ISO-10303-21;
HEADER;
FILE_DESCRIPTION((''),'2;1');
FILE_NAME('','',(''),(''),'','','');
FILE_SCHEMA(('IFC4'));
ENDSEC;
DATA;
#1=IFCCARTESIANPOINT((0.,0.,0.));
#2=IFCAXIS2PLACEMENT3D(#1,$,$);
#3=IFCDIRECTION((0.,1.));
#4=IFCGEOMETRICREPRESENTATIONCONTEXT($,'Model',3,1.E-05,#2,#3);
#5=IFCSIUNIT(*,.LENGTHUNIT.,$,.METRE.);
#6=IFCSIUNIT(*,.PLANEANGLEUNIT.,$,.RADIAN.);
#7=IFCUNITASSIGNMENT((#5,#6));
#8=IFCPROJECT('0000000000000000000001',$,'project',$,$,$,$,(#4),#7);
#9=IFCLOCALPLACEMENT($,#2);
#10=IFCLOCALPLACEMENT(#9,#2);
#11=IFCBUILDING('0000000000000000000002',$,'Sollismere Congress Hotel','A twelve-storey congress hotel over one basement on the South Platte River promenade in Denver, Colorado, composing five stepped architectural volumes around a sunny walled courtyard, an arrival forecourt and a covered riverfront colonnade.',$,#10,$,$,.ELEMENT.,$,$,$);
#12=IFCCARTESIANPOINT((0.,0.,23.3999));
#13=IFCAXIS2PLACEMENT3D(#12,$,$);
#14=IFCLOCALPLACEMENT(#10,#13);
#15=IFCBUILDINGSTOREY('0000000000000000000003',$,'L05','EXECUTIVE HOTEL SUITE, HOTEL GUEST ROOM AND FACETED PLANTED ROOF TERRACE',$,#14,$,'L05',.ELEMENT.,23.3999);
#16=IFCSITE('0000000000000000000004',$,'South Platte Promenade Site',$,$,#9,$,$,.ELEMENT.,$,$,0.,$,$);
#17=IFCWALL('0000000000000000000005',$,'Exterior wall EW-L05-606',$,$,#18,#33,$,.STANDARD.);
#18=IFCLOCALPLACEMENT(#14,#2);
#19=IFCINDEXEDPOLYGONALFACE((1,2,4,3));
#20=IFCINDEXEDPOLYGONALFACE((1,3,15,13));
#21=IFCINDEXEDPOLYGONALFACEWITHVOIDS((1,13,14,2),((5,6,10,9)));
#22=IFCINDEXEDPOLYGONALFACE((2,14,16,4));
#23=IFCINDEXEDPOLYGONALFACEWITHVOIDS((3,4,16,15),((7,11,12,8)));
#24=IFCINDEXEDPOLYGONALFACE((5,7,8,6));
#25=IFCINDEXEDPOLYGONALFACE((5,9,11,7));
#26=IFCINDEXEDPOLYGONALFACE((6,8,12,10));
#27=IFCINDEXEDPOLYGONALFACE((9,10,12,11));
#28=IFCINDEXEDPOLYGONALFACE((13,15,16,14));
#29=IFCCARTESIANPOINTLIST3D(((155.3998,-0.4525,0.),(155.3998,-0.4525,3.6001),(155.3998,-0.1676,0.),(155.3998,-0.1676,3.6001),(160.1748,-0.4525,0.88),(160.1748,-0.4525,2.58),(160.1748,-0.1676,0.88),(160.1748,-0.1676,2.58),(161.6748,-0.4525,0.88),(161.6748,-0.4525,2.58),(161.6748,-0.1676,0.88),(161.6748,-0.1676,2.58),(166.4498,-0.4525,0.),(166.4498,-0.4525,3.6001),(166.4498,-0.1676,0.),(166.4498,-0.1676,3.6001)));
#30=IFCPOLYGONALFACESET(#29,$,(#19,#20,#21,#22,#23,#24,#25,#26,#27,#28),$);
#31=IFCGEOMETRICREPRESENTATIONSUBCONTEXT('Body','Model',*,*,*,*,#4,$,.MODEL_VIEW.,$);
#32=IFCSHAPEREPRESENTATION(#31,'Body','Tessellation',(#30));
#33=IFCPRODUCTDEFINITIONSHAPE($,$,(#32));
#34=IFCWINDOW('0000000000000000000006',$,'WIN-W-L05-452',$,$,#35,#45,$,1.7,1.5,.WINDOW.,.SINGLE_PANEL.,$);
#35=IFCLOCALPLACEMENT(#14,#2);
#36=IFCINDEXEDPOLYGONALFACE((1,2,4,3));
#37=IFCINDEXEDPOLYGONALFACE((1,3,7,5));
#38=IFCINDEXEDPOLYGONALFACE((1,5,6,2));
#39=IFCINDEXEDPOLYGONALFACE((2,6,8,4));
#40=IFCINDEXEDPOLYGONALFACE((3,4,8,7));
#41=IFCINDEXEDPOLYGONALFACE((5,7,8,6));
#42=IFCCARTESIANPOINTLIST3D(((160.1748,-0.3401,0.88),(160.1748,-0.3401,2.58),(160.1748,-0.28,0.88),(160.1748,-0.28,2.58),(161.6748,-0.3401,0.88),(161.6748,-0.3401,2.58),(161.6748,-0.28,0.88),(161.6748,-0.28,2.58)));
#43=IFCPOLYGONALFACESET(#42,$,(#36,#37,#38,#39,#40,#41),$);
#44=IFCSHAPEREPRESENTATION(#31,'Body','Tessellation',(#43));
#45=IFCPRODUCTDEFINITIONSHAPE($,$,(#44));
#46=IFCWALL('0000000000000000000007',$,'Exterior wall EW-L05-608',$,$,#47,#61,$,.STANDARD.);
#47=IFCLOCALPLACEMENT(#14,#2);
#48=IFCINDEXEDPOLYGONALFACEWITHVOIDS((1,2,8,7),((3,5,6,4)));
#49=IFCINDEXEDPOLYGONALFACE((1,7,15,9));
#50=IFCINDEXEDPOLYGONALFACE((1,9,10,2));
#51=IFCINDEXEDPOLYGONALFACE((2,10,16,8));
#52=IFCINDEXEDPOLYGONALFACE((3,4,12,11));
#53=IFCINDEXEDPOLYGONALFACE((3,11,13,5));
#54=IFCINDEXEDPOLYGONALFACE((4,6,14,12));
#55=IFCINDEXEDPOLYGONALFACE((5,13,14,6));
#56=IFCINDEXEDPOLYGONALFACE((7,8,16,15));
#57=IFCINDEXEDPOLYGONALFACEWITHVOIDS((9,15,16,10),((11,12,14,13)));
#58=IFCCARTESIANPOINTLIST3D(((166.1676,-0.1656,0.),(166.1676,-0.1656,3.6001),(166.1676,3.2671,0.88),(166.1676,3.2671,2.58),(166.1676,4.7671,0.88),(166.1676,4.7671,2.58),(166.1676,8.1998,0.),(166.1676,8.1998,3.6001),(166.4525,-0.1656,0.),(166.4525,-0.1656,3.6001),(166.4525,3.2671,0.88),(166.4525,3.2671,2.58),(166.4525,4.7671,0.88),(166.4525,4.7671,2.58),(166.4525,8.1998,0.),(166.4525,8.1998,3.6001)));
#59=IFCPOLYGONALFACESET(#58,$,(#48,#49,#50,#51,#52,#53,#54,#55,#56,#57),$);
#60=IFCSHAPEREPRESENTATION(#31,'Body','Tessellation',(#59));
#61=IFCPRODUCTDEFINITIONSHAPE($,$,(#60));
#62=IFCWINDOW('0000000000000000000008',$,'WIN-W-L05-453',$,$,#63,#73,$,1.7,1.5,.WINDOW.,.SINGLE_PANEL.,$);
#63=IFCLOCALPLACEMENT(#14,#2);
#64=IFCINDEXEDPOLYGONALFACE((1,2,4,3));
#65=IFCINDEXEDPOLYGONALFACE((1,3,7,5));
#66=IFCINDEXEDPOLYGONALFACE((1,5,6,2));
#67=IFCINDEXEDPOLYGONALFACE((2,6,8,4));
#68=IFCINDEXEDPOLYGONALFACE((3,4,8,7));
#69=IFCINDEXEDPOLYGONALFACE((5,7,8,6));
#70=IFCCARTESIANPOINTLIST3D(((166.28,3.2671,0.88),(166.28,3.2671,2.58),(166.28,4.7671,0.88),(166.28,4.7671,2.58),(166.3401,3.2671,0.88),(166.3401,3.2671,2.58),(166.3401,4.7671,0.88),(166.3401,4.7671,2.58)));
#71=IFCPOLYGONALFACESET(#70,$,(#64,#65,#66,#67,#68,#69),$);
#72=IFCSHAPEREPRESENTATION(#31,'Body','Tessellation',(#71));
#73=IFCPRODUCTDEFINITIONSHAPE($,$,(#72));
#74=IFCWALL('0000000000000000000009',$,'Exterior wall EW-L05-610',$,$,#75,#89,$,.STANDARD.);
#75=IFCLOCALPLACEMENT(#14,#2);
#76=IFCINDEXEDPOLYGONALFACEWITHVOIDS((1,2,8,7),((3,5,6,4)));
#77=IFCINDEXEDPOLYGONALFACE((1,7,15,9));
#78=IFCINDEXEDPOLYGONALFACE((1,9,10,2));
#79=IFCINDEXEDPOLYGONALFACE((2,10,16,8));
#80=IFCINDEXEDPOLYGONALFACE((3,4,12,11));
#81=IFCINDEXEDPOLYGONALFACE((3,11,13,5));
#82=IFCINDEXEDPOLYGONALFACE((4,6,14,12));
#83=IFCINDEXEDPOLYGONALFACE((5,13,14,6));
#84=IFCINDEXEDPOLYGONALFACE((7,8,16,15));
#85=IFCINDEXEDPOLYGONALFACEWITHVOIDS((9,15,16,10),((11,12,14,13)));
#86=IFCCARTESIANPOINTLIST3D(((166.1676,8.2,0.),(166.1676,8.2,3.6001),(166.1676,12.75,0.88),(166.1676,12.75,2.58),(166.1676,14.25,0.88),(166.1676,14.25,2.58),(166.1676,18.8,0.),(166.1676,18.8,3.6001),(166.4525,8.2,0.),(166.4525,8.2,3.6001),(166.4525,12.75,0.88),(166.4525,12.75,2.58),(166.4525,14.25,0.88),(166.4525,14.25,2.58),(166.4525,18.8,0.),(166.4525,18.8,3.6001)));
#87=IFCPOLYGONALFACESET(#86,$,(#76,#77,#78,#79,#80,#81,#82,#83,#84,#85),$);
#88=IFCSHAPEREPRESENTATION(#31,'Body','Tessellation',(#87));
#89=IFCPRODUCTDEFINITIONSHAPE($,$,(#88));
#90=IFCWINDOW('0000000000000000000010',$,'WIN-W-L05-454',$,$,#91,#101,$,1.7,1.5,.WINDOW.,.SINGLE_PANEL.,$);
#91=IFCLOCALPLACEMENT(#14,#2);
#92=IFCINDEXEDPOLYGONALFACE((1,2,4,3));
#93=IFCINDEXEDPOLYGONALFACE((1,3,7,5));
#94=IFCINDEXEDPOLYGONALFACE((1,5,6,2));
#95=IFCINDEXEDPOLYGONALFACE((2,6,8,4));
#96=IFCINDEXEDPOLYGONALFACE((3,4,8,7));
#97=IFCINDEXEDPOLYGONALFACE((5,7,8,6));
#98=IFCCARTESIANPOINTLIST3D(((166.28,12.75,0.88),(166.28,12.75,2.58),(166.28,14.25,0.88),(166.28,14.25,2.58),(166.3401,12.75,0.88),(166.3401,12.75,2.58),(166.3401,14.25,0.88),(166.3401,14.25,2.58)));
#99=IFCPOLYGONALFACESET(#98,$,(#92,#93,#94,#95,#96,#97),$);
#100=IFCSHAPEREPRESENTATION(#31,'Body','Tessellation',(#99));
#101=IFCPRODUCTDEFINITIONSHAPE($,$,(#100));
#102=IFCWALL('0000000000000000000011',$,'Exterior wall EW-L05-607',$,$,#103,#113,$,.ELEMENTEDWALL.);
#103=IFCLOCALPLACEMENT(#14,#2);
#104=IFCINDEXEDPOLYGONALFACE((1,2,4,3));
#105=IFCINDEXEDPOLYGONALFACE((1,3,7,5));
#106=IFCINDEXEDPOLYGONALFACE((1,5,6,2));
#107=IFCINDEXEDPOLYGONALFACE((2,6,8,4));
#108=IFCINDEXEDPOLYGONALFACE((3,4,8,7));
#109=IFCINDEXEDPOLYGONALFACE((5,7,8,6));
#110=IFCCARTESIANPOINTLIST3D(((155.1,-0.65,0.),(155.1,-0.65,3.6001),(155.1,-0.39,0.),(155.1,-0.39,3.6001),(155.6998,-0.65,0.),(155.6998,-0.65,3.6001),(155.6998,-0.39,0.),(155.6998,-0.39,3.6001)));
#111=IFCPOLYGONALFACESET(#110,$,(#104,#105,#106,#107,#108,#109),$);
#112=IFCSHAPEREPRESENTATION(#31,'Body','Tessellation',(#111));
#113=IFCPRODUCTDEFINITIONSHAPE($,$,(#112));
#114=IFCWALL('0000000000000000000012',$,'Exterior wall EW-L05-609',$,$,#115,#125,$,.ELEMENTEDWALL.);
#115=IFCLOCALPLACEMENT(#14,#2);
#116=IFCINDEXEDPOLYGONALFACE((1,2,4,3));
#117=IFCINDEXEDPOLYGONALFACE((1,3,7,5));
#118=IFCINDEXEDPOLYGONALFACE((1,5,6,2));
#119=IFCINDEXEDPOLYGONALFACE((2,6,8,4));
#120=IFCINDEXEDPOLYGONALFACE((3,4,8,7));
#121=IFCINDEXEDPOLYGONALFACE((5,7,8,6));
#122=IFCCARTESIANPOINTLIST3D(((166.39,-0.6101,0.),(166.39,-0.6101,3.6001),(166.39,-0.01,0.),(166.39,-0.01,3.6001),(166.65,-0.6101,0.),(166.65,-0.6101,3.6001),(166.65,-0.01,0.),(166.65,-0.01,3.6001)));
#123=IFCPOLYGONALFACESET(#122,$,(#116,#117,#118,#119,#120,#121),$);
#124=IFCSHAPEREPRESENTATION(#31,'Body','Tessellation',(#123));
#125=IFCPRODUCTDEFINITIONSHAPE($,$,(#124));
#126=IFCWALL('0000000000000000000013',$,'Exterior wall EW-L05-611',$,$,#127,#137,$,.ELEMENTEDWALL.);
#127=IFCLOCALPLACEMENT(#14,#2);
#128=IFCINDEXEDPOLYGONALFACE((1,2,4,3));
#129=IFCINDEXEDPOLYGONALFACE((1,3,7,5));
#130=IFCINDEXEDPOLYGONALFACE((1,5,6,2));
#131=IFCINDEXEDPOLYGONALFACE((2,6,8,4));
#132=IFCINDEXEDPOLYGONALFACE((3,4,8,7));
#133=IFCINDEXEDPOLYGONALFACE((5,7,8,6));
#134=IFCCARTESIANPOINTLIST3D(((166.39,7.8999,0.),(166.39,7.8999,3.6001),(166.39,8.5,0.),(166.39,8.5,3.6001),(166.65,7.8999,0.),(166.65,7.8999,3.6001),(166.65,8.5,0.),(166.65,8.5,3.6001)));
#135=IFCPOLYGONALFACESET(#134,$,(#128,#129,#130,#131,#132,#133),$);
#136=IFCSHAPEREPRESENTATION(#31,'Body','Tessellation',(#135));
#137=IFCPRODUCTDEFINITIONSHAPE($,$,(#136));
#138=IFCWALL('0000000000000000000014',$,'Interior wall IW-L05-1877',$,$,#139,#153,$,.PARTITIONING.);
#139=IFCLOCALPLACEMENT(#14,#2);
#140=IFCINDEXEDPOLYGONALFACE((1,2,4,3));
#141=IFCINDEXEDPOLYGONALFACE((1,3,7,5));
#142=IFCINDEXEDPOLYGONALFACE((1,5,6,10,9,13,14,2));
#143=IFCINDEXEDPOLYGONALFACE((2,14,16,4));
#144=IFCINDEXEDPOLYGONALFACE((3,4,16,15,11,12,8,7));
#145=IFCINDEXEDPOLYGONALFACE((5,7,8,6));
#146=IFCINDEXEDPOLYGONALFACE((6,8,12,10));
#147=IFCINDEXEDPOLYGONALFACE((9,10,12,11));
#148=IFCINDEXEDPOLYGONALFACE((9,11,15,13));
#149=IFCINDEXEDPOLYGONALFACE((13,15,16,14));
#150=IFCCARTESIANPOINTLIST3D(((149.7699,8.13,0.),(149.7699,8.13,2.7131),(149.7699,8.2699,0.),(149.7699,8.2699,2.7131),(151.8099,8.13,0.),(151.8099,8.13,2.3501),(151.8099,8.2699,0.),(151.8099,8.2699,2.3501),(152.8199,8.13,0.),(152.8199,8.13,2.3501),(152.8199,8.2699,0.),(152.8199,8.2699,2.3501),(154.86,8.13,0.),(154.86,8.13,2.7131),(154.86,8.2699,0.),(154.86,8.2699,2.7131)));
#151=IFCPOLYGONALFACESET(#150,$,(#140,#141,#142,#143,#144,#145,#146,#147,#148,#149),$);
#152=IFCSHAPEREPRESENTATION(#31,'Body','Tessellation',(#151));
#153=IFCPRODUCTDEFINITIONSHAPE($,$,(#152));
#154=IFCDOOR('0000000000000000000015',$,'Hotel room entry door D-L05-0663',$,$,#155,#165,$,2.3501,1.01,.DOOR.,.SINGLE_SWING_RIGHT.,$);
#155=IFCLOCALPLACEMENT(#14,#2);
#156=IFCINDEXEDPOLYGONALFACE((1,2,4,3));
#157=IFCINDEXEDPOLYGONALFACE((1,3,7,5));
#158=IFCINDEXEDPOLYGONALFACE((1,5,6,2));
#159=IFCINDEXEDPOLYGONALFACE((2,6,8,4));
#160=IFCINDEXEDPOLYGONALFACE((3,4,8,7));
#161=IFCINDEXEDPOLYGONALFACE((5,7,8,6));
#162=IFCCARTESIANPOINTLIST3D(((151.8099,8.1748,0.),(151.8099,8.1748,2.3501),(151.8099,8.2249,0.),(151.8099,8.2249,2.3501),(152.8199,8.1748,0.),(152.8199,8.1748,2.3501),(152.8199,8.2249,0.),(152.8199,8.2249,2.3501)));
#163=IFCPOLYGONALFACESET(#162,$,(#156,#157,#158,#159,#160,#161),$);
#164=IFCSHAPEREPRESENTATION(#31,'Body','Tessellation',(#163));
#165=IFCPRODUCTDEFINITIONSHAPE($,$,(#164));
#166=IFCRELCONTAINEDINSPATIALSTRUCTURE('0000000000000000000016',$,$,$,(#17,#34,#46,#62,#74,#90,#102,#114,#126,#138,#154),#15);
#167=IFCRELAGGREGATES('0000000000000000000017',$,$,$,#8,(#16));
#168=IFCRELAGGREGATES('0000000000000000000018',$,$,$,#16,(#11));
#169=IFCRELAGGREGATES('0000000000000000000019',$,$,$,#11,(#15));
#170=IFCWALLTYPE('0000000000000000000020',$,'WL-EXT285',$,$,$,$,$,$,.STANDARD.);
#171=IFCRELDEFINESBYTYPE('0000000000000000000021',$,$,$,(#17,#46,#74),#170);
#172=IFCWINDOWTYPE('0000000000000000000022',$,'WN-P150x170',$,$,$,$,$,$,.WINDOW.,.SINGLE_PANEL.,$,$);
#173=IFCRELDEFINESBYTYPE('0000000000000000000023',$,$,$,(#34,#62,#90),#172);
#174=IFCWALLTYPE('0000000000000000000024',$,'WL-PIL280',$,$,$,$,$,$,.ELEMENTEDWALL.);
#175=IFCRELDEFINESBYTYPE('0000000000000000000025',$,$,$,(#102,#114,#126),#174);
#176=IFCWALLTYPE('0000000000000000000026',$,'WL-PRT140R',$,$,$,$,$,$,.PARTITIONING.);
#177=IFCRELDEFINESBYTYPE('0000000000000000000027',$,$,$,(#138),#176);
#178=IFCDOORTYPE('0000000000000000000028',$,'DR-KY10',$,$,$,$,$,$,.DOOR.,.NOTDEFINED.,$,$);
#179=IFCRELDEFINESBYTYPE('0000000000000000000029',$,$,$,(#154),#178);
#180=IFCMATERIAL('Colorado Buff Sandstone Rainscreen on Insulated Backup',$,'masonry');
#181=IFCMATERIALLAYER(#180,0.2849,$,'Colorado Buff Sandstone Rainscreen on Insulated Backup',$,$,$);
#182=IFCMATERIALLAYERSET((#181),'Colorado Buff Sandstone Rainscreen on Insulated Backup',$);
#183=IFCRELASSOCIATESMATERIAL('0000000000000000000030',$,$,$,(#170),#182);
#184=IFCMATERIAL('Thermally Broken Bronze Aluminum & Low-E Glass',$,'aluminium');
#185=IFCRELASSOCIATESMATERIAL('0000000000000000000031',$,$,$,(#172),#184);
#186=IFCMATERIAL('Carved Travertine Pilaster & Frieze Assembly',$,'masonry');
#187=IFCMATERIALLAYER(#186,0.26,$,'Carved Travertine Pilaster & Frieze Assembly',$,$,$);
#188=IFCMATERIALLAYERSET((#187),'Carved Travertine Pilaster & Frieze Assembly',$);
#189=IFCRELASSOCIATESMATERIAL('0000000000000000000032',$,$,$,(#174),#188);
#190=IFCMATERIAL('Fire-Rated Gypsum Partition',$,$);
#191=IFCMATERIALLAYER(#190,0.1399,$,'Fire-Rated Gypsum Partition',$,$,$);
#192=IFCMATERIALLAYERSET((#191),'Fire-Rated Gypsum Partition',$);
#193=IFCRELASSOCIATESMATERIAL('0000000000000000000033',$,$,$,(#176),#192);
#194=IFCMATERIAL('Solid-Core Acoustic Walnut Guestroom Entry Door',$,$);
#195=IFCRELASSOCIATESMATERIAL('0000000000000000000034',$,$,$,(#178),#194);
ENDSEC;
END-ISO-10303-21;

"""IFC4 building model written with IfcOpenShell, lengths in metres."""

from ifc_helpers import new_model, si_unit, direction, frame, frame_2d, origin, place, context, subcontext, project, spatial, rectangle, extrude, material, layer, layer_set, type_object, element, fill, save


model = new_model("IFC4")

# Units and contexts
model_context = context("Model", 3, precision=1e-05, world=origin(), true_north=direction((0.0, 1.0)))
body_context = subcontext(model_context, "Body", "Model", "MODEL_VIEW")
ifc_project = project(units=[si_unit("LENGTHUNIT", "METRE"), si_unit("PLANEANGLEUNIT", "RADIAN")], contexts=[model_context])

# Site, building, storey
site_placement = place(None, origin())
site = spatial("IfcSite", under=ifc_project, at=site_placement, Name="South Platte Promenade Site", CompositionType="ELEMENT", RefElevation=0.0)
building_placement = place(site_placement, origin())
building = spatial("IfcBuilding", under=site, at=building_placement, Name="Sollismere Congress Hotel", Description="A twelve-storey congress hotel over one basement on the South Platte River promenade in Denver, Colorado, composing five stepped architectural volumes around a sunny walled courtyard, an arrival forecourt and a covered riverfront colonnade.", CompositionType="ELEMENT")
storey_placement = place(building_placement, frame((0.0, 0.0, 23.3999)))
storey = spatial("IfcBuildingStorey", under=building, at=storey_placement, Name="L05", Description="EXECUTIVE HOTEL SUITE, HOTEL GUEST ROOM AND FACETED PLANTED ROOF TERRACE", LongName="L05", CompositionType="ELEMENT", Elevation=23.3999)

# Walls, openings, windows
ifc_material_1 = material(Name="Colorado Buff Sandstone Rainscreen on Insulated Backup", Category="masonry")
ifc_layer_1 = layer(ifc_material_1, 0.2849, Name="Colorado Buff Sandstone Rainscreen on Insulated Backup")
ifc_layer_set_1 = layer_set([ifc_layer_1], Name="Colorado Buff Sandstone Rainscreen on Insulated Backup")
wall_type_1 = type_object("IfcWallType", Name="WL-EXT285", PredefinedType="STANDARD", material=ifc_layer_set_1)
wall_1_placement = place(storey_placement, frame((155.3999, -0.3101, 0.0), z_axis=(0.0, 0.0, 1.0), x_axis=(1.0, 0.0, 0.0)))
wall_1 = element("IfcWall", 1, at=wall_1_placement, inside=storey, type_object=wall_type_1, Name="Exterior wall EW-L05-606", PredefinedType="STANDARD", context=body_context, shape_type="SweptSolid", body=[
    extrude(rectangle(XDim=11.05, YDim=0.2849, at=frame_2d((5.5249, 0.0))), origin(), (0.0, 0.0, 1.0), 3.6001),
])
opening_1_placement = place(wall_1_placement, frame((4.7749, 0.0, 0.8799)))
opening_1 = element("IfcOpeningElement", 2, at=opening_1_placement, cuts=wall_1, PredefinedType="OPENING", context=body_context, shape_type="SweptSolid", body=[
    extrude(rectangle(XDim=1.5, YDim=1.7, at=frame_2d((0.75, 0.8501))), frame((0.0, 0.1523, 0.0), z_axis=(0.0, -1.0, 0.0), x_axis=(1.0, 0.0, 0.0)), (0.0, 0.0, 1.0), 0.3049),
])
ifc_material_2 = material(Name="Thermally Broken Bronze Aluminum & Low-E Glass", Category="aluminium")
window_type = type_object("IfcWindowType", Name="WN-P150x170", PartitioningType="SINGLE_PANEL", PredefinedType="WINDOW", material=ifc_material_2)
window_1_placement = place(opening_1_placement, origin())
window_1 = element("IfcWindow", 3, at=window_1_placement, inside=storey, type_object=window_type, Name="WIN-W-L05-452", OverallHeight=1.7, OverallWidth=1.5, PartitioningType="SINGLE_PANEL", PredefinedType="WINDOW", context=body_context, shape_type="SweptSolid", body=[
    extrude(rectangle(XDim=1.5, YDim=1.7, at=frame_2d((0.75, 0.8501))), frame((0.0, 0.03, 0.0), z_axis=(0.0, -1.0, 0.0), x_axis=(1.0, 0.0, 0.0)), (0.0, 0.0, 1.0), 0.0601),
])
fill(opening_1, window_1)
wall_2_placement = place(storey_placement, frame((166.3101, -0.1655, 0.0), z_axis=(0.0, 0.0, 1.0), x_axis=(0.0, 1.0, 0.0)))
wall_2 = element("IfcWall", 4, at=wall_2_placement, inside=storey, type_object=wall_type_1, Name="Exterior wall EW-L05-608", PredefinedType="STANDARD", context=body_context, shape_type="SweptSolid", body=[
    extrude(rectangle(XDim=8.3655, YDim=0.2849, at=frame_2d((4.1826, 0.0))), origin(), (0.0, 0.0, 1.0), 3.6001),
])
opening_2_placement = place(wall_2_placement, frame((3.4326, 0.0, 0.8799)))
opening_2 = element("IfcOpeningElement", 5, at=opening_2_placement, cuts=wall_2, PredefinedType="OPENING", context=body_context, shape_type="SweptSolid", body=[
    extrude(rectangle(XDim=1.5, YDim=1.7, at=frame_2d((0.75, 0.8501))), frame((0.0, 0.1523, 0.0), z_axis=(0.0, -1.0, 0.0), x_axis=(1.0, 0.0, 0.0)), (0.0, 0.0, 1.0), 0.3049),
])
window_2_placement = place(opening_2_placement, origin())
window_2 = element("IfcWindow", 6, at=window_2_placement, inside=storey, type_object=window_type, Name="WIN-W-L05-453", OverallHeight=1.7, OverallWidth=1.5, PartitioningType="SINGLE_PANEL", PredefinedType="WINDOW", context=body_context, shape_type="SweptSolid", body=[
    extrude(rectangle(XDim=1.5, YDim=1.7, at=frame_2d((0.75, 0.8501))), frame((0.0, 0.03, 0.0), z_axis=(0.0, -1.0, 0.0), x_axis=(1.0, 0.0, 0.0)), (0.0, 0.0, 1.0), 0.0601),
])
fill(opening_2, window_2)
wall_3_placement = place(storey_placement, frame((166.3101, 8.2, 0.0), z_axis=(0.0, 0.0, 1.0), x_axis=(0.0, 1.0, 0.0)))
wall_3 = element("IfcWall", 7, at=wall_3_placement, inside=storey, type_object=wall_type_1, Name="Exterior wall EW-L05-610", PredefinedType="STANDARD", context=body_context, shape_type="SweptSolid", body=[
    extrude(rectangle(XDim=10.6001, YDim=0.2849, at=frame_2d((5.3, 0.0))), origin(), (0.0, 0.0, 1.0), 3.6001),
])
opening_3_placement = place(wall_3_placement, frame((4.55, 0.0, 0.8799)))
opening_3 = element("IfcOpeningElement", 8, at=opening_3_placement, cuts=wall_3, PredefinedType="OPENING", context=body_context, shape_type="SweptSolid", body=[
    extrude(rectangle(XDim=1.5, YDim=1.7, at=frame_2d((0.75, 0.8501))), frame((0.0, 0.1523, 0.0), z_axis=(0.0, -1.0, 0.0), x_axis=(1.0, 0.0, 0.0)), (0.0, 0.0, 1.0), 0.3049),
])
window_3_placement = place(opening_3_placement, origin())
window_3 = element("IfcWindow", 9, at=window_3_placement, inside=storey, type_object=window_type, Name="WIN-W-L05-454", OverallHeight=1.7, OverallWidth=1.5, PartitioningType="SINGLE_PANEL", PredefinedType="WINDOW", context=body_context, shape_type="SweptSolid", body=[
    extrude(rectangle(XDim=1.5, YDim=1.7, at=frame_2d((0.75, 0.8501))), frame((0.0, 0.03, 0.0), z_axis=(0.0, -1.0, 0.0), x_axis=(1.0, 0.0, 0.0)), (0.0, 0.0, 1.0), 0.0601),
])
fill(opening_3, window_3)

# Walls
ifc_material_3 = material(Name="Carved Travertine Pilaster & Frieze Assembly", Category="masonry")
ifc_layer_2 = layer(ifc_material_3, 0.26, Name="Carved Travertine Pilaster & Frieze Assembly")
ifc_layer_set_2 = layer_set([ifc_layer_2], Name="Carved Travertine Pilaster & Frieze Assembly")
wall_type_2 = type_object("IfcWallType", Name="WL-PIL280", PredefinedType="ELEMENTEDWALL", material=ifc_layer_set_2)
wall_4_placement = place(storey_placement, frame((155.1001, -0.52, 0.0), z_axis=(0.0, 0.0, 1.0), x_axis=(1.0, 0.0, 0.0)))
element("IfcWall", 10, at=wall_4_placement, inside=storey, type_object=wall_type_2, Name="Exterior wall EW-L05-607", PredefinedType="ELEMENTEDWALL", context=body_context, shape_type="SweptSolid", body=[
    extrude(rectangle(XDim=0.5999, YDim=0.26, at=frame_2d((0.2998, 0.0))), origin(), (0.0, 0.0, 1.0), 3.6001),
])
for number, where, z_axis, x_axis, name in (
    (11, (166.52, -0.6101, 0.0), (0.0, 0.0, 1.0), (0.0, 1.0, 0.0), "Exterior wall EW-L05-609"),
    (12, (166.52, 7.8999, 0.0), (0.0, 0.0, 1.0), (0.0, 1.0, 0.0), "Exterior wall EW-L05-611"),
):
    element("IfcWall", number, at=place(storey_placement, frame(where, z_axis=z_axis, x_axis=x_axis)), inside=storey, type_object=wall_type_2, Name=name, PredefinedType="ELEMENTEDWALL", context=body_context, shape_type="SweptSolid", body=[
        extrude(rectangle(XDim=0.6001, YDim=0.26, at=frame_2d((0.3, 0.0))), origin(), (0.0, 0.0, 1.0), 3.6001),
    ])

# Wall, opening, door
ifc_material_4 = material(Name="Fire-Rated Gypsum Partition")
ifc_layer_3 = layer(ifc_material_4, 0.1399, Name="Fire-Rated Gypsum Partition")
ifc_layer_set_3 = layer_set([ifc_layer_3], Name="Fire-Rated Gypsum Partition")
wall_type_3 = type_object("IfcWallType", Name="WL-PRT140R", PredefinedType="PARTITIONING", material=ifc_layer_set_3)
wall_5_placement = place(storey_placement, frame((149.77, 8.2, 0.0), z_axis=(0.0, 0.0, 1.0), x_axis=(1.0, 0.0, 0.0)))
wall_5 = element("IfcWall", 13, at=wall_5_placement, inside=storey, type_object=wall_type_3, Name="Interior wall IW-L05-1877", PredefinedType="PARTITIONING", context=body_context, shape_type="SweptSolid", body=[
    extrude(rectangle(XDim=5.0901, YDim=0.1399, at=frame_2d((2.5449, 0.0))), origin(), (0.0, 0.0, 1.0), 2.7131),
])
opening_4_placement = place(wall_5_placement, frame((2.04, 0.0, 0.0)))
opening_4 = element("IfcOpeningElement", 14, at=opening_4_placement, cuts=wall_5, PredefinedType="OPENING", context=body_context, shape_type="SweptSolid", body=[
    extrude(rectangle(XDim=1.01, YDim=2.3501, at=frame_2d((0.5049, 1.175))), frame((0.0, 0.0798, 0.0), z_axis=(0.0, -1.0, 0.0), x_axis=(1.0, 0.0, 0.0)), (0.0, 0.0, 1.0), 0.1599),
])
ifc_material_5 = material(Name="Solid-Core Acoustic Walnut Guestroom Entry Door")
door_type = type_object("IfcDoorType", Name="DR-KY10", OperationType="NOTDEFINED", PredefinedType="DOOR", material=ifc_material_5)
door_placement = place(opening_4_placement, origin())
door = element("IfcDoor", 15, at=door_placement, inside=storey, type_object=door_type, Name="Hotel room entry door D-L05-0663", OperationType="SINGLE_SWING_RIGHT", OverallHeight=2.3501, OverallWidth=1.01, PredefinedType="DOOR", context=body_context, shape_type="SweptSolid", body=[
    extrude(rectangle(XDim=1.01, YDim=2.3501, at=frame_2d((0.5049, 1.175))), frame((0.0, 0.0249, 0.0), z_axis=(0.0, -1.0, 0.0), x_axis=(1.0, 0.0, 0.0)), (0.0, 0.0, 1.0), 0.05),
])
fill(opening_4, door)

save(model, "model.ifc")
